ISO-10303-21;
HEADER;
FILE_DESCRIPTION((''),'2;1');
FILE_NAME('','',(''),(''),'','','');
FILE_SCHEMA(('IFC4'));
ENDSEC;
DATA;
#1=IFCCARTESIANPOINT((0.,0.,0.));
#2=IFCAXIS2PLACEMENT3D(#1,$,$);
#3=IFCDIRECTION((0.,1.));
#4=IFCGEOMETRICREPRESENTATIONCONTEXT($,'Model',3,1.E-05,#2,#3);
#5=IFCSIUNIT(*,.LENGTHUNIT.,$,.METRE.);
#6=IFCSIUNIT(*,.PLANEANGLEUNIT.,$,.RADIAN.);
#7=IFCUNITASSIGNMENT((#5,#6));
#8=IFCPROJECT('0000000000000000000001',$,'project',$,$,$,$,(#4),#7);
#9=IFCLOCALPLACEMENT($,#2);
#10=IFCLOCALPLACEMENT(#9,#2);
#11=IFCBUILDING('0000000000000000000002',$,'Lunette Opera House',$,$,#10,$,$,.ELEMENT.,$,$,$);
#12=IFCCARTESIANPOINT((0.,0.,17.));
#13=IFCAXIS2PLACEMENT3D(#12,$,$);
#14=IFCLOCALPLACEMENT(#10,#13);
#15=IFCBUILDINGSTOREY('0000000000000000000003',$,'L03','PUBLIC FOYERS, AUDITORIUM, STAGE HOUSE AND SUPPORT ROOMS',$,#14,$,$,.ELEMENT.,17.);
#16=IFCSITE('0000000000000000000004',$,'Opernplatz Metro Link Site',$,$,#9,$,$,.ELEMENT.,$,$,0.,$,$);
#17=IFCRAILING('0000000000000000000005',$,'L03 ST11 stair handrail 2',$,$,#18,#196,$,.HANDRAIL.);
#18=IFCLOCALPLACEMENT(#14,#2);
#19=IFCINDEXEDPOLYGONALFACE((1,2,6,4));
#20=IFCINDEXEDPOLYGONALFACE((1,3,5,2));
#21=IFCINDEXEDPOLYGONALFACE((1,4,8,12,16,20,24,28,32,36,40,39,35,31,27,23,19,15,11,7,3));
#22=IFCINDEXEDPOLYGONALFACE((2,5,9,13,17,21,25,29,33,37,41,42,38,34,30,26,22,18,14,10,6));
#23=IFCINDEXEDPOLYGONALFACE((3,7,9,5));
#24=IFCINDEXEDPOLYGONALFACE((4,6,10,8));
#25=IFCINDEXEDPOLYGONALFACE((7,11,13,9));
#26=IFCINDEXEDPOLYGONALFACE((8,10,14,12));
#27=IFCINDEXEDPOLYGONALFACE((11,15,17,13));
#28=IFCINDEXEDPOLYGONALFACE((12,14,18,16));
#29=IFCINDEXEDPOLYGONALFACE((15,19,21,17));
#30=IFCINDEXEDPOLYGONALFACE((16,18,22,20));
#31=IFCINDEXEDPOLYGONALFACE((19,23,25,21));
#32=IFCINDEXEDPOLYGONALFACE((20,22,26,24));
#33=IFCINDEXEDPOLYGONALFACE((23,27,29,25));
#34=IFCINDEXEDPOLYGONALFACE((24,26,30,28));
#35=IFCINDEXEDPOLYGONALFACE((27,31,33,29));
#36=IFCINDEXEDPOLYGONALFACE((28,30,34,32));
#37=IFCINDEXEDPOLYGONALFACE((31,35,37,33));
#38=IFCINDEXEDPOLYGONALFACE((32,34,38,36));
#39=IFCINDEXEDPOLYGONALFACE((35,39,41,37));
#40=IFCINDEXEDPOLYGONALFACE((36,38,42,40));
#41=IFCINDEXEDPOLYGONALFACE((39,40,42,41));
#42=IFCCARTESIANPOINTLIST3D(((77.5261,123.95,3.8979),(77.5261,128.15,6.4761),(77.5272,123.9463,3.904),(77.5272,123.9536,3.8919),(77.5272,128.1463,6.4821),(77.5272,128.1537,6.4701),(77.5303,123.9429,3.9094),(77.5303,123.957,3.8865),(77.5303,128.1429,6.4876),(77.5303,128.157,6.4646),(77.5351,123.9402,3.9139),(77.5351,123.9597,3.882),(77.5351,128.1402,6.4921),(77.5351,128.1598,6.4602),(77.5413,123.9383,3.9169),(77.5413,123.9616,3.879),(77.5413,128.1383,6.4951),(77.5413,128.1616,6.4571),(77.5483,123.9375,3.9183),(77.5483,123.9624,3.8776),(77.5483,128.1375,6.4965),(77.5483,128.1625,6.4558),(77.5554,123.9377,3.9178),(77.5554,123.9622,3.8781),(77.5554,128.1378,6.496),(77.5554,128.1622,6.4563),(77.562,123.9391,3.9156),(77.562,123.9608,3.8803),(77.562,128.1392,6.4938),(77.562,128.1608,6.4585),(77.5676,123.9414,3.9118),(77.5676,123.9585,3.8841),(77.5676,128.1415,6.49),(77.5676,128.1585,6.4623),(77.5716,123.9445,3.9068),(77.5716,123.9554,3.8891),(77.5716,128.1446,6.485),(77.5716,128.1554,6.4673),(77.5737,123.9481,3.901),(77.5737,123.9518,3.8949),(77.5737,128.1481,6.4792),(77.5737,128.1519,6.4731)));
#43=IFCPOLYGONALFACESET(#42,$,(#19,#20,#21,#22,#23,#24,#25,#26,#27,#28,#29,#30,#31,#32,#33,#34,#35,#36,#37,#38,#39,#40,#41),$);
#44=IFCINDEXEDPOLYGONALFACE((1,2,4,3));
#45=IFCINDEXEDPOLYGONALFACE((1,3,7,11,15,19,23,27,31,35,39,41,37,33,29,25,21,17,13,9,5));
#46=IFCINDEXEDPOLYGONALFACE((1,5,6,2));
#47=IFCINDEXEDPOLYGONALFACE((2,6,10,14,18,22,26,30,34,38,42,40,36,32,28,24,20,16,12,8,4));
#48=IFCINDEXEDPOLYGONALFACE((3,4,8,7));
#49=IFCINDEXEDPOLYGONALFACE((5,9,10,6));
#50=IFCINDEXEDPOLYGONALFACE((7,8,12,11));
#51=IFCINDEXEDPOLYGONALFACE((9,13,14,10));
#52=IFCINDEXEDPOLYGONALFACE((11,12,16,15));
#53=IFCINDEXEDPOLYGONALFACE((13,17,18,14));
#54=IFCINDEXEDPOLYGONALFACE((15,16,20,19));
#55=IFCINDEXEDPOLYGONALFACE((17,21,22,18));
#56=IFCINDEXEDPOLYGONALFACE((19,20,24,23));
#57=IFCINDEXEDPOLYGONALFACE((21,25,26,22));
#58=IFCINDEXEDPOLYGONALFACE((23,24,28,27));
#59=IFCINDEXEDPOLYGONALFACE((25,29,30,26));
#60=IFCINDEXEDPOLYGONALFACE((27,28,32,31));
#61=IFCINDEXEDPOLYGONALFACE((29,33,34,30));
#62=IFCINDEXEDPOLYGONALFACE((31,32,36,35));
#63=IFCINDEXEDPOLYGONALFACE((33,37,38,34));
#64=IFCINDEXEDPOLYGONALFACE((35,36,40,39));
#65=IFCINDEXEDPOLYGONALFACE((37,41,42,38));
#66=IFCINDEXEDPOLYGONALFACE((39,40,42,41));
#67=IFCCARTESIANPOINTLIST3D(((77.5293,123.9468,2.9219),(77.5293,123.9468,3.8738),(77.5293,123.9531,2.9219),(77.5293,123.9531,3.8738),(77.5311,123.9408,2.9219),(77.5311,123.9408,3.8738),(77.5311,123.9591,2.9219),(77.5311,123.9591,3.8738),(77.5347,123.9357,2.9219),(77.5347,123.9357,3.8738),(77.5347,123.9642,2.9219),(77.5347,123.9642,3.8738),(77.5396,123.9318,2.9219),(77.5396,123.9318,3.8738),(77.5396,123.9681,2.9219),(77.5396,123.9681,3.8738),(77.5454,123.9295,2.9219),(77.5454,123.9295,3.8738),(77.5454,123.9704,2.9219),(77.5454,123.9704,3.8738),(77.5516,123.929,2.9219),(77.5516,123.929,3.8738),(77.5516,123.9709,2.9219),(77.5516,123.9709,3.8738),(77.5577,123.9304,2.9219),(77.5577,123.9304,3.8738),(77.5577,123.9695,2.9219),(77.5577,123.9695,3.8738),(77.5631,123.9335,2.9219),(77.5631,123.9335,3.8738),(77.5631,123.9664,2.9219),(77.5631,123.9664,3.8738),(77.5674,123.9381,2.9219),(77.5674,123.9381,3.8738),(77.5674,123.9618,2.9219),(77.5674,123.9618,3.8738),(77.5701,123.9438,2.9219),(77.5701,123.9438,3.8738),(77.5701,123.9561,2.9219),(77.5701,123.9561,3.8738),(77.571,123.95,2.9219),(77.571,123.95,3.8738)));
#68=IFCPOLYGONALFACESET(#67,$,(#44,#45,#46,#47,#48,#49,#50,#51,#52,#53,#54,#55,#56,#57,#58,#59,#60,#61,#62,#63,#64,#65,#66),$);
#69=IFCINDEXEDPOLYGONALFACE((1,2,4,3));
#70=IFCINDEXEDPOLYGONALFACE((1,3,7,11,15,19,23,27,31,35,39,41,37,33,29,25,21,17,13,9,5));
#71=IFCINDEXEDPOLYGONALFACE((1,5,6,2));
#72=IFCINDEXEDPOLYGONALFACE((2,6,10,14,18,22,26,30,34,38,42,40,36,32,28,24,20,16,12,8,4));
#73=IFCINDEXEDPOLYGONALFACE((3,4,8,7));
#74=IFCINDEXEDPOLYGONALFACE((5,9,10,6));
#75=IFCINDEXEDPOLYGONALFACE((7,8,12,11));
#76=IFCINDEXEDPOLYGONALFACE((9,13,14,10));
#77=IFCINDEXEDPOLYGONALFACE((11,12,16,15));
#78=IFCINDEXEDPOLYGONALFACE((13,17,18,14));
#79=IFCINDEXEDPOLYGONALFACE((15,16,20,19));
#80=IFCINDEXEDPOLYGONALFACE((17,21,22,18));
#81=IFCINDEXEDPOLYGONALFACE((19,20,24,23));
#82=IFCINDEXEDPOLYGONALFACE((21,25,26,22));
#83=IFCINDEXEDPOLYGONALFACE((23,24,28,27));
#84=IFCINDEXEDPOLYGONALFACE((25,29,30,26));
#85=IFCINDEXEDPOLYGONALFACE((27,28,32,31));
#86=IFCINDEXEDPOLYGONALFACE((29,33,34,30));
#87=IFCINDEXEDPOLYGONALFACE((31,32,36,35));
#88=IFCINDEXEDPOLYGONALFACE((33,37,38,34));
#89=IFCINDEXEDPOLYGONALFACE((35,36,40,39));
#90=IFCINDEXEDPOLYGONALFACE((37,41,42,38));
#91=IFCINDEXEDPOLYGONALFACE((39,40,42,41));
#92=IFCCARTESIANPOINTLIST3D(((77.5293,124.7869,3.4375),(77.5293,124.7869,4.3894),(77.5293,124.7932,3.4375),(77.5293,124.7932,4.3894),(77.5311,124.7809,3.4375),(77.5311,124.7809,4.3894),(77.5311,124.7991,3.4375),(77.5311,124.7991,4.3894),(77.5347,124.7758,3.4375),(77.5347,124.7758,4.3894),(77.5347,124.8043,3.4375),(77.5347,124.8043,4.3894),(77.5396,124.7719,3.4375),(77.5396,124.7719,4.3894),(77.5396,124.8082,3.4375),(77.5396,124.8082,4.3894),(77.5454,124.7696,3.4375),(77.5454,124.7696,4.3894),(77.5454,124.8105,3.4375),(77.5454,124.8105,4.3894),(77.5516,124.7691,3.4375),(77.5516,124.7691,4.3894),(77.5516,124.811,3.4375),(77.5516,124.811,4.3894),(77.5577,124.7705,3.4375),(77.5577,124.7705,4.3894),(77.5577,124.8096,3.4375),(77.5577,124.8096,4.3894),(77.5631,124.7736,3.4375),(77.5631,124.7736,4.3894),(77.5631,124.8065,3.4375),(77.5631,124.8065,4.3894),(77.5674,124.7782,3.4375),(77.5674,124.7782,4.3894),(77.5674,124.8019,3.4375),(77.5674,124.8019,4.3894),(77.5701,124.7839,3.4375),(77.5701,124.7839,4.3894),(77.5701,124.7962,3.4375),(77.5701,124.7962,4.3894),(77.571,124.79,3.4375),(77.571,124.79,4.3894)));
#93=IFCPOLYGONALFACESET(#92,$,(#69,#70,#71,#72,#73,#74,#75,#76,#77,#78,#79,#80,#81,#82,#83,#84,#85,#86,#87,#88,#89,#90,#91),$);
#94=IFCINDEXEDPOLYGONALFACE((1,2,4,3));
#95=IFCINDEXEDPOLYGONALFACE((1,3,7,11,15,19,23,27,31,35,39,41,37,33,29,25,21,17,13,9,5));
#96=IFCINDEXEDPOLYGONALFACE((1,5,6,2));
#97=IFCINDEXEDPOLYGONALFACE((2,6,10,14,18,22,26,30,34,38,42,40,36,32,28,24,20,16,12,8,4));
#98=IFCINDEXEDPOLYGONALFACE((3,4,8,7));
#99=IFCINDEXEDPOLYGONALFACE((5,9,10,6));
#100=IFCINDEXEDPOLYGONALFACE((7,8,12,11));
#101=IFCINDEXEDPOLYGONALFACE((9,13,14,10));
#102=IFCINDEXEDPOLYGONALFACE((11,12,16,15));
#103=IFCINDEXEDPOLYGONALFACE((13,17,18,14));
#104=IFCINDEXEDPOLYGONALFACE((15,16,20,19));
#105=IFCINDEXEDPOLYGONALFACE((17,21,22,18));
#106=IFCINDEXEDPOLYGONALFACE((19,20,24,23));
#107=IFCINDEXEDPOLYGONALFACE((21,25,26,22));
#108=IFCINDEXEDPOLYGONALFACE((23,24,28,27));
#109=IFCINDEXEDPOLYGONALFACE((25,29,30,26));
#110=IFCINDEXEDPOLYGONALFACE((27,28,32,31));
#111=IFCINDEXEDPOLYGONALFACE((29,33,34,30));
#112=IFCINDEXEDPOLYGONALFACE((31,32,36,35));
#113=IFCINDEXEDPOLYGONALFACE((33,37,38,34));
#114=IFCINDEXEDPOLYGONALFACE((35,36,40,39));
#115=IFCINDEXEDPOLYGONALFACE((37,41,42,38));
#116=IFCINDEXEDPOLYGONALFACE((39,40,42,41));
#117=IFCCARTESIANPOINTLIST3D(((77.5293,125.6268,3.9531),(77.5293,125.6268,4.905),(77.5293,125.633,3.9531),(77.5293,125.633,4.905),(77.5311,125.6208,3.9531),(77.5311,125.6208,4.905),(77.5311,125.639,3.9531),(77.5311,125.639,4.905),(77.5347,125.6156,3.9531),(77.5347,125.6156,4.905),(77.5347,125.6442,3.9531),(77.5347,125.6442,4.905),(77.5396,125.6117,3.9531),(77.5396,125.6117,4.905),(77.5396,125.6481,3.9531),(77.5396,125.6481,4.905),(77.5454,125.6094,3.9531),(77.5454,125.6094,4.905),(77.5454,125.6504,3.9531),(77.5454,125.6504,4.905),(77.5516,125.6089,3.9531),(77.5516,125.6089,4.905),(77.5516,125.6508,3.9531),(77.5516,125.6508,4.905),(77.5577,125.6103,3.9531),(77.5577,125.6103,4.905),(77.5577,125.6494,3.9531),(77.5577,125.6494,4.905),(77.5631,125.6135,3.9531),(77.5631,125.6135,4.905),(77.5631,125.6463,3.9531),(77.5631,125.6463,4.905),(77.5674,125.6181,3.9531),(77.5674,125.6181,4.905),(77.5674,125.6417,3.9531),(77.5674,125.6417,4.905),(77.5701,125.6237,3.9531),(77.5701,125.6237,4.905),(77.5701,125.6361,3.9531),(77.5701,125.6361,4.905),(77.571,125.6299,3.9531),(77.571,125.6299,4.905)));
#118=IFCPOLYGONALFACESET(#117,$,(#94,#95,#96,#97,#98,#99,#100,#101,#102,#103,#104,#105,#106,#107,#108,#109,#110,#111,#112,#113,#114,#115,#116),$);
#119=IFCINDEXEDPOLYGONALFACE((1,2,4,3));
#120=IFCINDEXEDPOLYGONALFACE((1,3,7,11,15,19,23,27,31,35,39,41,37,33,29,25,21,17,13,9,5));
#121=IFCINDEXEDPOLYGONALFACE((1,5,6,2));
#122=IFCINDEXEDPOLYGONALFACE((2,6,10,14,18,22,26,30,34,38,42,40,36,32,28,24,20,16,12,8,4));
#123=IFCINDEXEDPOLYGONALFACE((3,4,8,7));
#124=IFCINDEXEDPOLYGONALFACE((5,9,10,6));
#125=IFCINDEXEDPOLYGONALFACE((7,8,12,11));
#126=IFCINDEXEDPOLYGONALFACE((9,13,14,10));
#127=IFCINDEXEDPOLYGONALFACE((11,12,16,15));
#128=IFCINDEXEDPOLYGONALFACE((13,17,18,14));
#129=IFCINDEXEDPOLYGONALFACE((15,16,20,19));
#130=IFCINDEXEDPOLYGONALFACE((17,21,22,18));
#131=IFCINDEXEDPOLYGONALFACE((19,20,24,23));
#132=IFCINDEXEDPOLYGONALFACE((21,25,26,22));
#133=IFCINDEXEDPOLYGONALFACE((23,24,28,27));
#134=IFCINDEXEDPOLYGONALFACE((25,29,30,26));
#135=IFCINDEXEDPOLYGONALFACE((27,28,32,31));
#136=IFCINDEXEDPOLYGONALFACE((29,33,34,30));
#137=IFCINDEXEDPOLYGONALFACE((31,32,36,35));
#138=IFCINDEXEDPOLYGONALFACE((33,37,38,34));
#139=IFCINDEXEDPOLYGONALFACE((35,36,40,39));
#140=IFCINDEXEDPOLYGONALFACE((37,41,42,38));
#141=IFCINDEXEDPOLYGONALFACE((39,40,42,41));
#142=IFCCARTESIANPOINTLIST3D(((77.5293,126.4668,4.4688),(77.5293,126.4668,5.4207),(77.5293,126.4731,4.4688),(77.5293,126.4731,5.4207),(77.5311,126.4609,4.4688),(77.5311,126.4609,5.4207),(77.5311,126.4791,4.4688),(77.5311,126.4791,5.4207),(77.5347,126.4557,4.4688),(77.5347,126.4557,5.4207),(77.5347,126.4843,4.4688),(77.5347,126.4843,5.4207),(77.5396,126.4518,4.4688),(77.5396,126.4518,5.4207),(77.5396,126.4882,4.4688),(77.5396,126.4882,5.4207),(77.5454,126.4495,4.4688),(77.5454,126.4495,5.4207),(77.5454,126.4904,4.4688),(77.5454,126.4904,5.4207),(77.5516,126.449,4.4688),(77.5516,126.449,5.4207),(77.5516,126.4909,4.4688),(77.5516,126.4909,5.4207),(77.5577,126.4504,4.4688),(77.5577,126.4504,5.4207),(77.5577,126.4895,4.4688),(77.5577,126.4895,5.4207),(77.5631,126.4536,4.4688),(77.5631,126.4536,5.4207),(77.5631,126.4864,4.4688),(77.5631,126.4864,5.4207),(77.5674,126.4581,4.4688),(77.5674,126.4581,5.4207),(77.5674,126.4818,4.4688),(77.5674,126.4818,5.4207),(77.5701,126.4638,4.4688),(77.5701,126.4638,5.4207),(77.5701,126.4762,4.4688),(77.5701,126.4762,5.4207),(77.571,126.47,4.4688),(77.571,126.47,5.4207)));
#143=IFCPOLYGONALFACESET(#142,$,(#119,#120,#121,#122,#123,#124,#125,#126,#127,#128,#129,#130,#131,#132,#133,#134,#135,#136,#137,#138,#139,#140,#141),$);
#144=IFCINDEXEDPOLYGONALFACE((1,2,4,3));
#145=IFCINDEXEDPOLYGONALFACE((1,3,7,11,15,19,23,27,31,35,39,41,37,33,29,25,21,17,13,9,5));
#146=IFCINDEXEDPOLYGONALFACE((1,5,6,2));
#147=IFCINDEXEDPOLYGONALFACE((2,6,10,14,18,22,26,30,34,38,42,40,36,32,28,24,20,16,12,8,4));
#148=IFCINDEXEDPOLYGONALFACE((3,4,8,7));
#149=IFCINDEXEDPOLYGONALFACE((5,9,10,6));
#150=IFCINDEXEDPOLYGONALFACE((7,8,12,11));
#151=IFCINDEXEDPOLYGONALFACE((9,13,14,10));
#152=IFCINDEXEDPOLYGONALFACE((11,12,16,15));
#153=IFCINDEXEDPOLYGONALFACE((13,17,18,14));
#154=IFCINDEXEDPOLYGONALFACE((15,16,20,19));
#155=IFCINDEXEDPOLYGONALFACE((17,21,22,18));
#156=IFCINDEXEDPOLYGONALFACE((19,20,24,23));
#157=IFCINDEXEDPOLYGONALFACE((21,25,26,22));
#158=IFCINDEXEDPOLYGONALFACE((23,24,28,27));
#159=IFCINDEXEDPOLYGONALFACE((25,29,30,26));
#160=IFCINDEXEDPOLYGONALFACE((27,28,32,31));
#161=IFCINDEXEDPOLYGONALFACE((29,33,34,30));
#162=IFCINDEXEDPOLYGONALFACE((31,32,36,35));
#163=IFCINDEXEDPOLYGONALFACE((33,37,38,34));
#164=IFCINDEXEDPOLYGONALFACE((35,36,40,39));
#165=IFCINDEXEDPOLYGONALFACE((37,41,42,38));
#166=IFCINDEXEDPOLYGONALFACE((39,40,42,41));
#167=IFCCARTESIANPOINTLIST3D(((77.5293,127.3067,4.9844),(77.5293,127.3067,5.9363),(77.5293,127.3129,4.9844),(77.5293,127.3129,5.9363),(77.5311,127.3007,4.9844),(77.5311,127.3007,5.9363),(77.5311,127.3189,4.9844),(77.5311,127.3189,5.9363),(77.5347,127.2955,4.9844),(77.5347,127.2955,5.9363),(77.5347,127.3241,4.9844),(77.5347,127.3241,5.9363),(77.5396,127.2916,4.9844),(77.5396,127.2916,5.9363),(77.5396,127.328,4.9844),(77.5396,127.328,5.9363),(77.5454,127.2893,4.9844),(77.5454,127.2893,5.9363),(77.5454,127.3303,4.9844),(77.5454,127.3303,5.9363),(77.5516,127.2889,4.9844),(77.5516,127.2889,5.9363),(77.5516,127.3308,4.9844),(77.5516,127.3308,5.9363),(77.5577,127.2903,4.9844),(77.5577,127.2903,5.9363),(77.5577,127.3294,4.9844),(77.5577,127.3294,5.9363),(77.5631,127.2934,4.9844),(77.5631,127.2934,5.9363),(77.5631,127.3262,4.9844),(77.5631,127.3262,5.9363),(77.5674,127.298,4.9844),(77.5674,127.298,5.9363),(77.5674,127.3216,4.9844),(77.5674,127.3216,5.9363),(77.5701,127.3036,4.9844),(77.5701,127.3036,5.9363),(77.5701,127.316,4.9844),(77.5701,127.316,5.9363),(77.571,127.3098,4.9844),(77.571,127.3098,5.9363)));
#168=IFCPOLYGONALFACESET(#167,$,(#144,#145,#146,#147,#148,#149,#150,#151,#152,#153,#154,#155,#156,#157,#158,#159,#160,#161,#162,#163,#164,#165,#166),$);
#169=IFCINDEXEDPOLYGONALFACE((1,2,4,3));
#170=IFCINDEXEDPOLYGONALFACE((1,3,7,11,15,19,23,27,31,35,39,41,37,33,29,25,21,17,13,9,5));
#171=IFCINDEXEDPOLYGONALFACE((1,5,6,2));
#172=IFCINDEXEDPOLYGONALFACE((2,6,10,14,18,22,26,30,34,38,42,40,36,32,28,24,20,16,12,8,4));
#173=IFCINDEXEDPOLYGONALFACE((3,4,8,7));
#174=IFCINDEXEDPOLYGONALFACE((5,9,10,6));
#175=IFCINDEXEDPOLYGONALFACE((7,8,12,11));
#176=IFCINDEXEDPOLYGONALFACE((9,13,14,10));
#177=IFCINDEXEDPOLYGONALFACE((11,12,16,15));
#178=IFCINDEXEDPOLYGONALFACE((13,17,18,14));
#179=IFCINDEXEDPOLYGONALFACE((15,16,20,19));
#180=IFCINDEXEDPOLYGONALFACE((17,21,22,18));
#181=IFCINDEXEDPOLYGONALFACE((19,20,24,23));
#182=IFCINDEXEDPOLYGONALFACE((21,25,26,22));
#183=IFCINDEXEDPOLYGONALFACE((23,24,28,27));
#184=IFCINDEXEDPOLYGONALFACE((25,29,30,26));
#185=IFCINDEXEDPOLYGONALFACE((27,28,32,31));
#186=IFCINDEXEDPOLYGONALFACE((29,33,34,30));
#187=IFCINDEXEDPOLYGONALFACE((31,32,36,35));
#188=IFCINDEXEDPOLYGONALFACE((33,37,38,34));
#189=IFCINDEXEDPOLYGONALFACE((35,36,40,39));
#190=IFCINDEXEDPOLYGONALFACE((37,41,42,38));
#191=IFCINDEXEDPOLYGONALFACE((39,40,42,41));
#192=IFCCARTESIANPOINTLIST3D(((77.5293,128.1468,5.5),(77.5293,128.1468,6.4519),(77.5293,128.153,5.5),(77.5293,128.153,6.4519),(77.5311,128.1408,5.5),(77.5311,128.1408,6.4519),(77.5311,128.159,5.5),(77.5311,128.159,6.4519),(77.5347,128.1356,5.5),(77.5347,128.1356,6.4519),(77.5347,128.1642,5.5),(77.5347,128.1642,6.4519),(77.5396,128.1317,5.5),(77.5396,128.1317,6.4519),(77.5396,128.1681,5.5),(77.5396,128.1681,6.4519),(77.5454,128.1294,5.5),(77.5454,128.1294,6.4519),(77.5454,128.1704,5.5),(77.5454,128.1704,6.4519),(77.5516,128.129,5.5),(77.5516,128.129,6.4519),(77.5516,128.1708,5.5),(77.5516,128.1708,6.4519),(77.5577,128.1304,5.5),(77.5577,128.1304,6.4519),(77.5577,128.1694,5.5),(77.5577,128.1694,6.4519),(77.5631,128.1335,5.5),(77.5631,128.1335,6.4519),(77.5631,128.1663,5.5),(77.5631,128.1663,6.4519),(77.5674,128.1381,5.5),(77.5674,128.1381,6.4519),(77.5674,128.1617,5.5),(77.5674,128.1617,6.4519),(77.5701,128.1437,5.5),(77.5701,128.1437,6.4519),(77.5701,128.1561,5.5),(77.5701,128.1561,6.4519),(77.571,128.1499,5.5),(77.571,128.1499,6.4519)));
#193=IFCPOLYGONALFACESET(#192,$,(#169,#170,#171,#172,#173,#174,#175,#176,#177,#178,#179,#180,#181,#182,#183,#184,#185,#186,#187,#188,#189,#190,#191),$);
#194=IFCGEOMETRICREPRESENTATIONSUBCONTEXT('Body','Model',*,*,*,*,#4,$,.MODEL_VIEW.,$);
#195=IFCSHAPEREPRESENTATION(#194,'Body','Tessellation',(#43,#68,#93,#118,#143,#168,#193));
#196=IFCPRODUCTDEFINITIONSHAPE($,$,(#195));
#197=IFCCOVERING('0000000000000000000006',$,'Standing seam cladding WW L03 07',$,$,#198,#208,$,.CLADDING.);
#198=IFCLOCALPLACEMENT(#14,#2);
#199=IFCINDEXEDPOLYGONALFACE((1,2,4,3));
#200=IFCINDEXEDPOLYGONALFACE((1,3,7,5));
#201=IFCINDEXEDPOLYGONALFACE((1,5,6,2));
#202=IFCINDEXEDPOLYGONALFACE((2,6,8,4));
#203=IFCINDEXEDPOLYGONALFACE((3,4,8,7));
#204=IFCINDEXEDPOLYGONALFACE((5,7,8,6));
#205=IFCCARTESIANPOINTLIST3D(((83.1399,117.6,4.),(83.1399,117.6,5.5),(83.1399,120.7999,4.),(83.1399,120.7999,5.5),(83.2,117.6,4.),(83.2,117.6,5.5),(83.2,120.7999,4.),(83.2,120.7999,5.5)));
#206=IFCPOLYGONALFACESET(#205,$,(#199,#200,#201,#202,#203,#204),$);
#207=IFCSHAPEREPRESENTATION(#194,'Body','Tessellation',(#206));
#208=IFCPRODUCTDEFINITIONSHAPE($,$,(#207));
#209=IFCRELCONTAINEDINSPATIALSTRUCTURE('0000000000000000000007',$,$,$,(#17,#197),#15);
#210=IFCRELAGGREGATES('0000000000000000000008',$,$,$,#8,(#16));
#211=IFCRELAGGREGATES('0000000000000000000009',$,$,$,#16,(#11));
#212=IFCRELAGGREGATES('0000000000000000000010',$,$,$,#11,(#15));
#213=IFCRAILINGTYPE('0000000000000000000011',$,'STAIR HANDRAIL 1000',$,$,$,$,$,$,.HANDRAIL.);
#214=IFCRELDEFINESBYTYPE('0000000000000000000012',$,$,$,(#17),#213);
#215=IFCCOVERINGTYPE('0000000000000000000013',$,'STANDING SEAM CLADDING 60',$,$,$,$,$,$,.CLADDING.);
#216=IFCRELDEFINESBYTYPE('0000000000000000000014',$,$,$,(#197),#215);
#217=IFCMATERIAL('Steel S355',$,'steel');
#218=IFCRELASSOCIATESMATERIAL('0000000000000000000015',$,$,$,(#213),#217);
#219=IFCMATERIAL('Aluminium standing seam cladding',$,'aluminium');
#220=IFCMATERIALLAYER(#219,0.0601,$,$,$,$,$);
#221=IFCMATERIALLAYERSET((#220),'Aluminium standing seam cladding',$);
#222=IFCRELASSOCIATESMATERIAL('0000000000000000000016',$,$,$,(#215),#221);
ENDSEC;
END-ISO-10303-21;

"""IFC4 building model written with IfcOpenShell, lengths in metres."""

from ifc_helpers import new_model, si_unit, direction, frame, origin, origin_2d, place, context, subcontext, project, spatial, rectangle, circle, extrude, material, layer, layer_set, type_object, element, save


model = new_model("IFC4")

# Units and contexts
model_context = context("Model", 3, precision=1e-05, world=origin(), true_north=direction((0.0, 1.0)))
body_context = subcontext(model_context, "Body", "Model", "MODEL_VIEW")
ifc_project = project(units=[si_unit("LENGTHUNIT", "METRE"), si_unit("PLANEANGLEUNIT", "RADIAN")], contexts=[model_context])

# Site, building, storey
site_placement = place(None, origin())
site = spatial("IfcSite", under=ifc_project, at=site_placement, Name="Opernplatz Metro Link Site", CompositionType="ELEMENT", RefElevation=0.0)
building_placement = place(site_placement, origin())
building = spatial("IfcBuilding", under=site, at=building_placement, Name="Lunette Opera House", CompositionType="ELEMENT")
storey_placement = place(building_placement, frame((0.0, 0.0, 17.0)))
storey = spatial("IfcBuildingStorey", under=building, at=storey_placement, Name="L03", Description="PUBLIC FOYERS, AUDITORIUM, STAGE HOUSE AND SUPPORT ROOMS", CompositionType="ELEMENT", Elevation=17.0)

# Railing
ifc_material_1 = material(Name="Steel S355", Category="steel")
railing_type_1 = type_object("IfcRailingType", Name="STAIR HANDRAIL 1000", PredefinedType="HANDRAIL", material=ifc_material_1)
railing_1_placement = place(storey_placement, frame((77.55, 123.95, 2.9219)))
element("IfcRailing", 1, at=railing_1_placement, inside=storey, type_object=railing_type_1, Name="L03 ST11 stair handrail 2", PredefinedType="HANDRAIL", context=body_context, shape_type="SweptSolid", body=[
    extrude(circle(Radius=0.0239, at=origin_2d()), frame((0.0, 0.0, 0.9761), z_axis=(0.0, 0.852243, 0.523146), x_axis=(-1.0, 0.0, 0.0)), (0.0, 0.0, 1.0), 4.9282),
    extrude(circle(Radius=0.021, at=origin_2d()), origin(), (0.0, 0.0, 1.0), 0.9519),
    extrude(circle(Radius=0.021, at=origin_2d()), frame((0.0, 0.8401, 0.5156)), (0.0, 0.0, 1.0), 0.9519),
    extrude(circle(Radius=0.021, at=origin_2d()), frame((0.0, 1.6799, 1.0312)), (0.0, 0.0, 1.0), 0.9519),
    extrude(circle(Radius=0.021, at=origin_2d()), frame((0.0, 2.52, 1.5469)), (0.0, 0.0, 1.0), 0.9519),
    extrude(circle(Radius=0.021, at=origin_2d()), frame((0.0, 3.3599, 2.0625)), (0.0, 0.0, 1.0), 0.9519),
    extrude(circle(Radius=0.021, at=origin_2d()), frame((0.0, 4.2, 2.5781)), (0.0, 0.0, 1.0), 0.9519),
])

# Covering
ifc_material_2 = material(Name="Aluminium standing seam cladding", Category="aluminium")
ifc_layer_1 = layer(ifc_material_2, 0.0601)
ifc_layer_set_1 = layer_set([ifc_layer_1], Name="Aluminium standing seam cladding")
covering_type = type_object("IfcCoveringType", Name="STANDING SEAM CLADDING 60", PredefinedType="CLADDING", material=ifc_layer_set_1)
covering_1_placement = place(storey_placement, frame((83.1699, 119.2, 4.0), z_axis=(0.0, 0.0, 1.0), x_axis=(0.0, 1.0, 0.0)))
element("IfcCovering", 2, at=covering_1_placement, inside=storey, type_object=covering_type, Name="Standing seam cladding WW L03 07", PredefinedType="CLADDING", context=body_context, shape_type="SweptSolid", body=[
    extrude(rectangle(XDim=3.2, YDim=0.0601, at=origin_2d()), origin(), (0.0, 0.0, 1.0), 1.5),
])

save(model, "model.ifc")
